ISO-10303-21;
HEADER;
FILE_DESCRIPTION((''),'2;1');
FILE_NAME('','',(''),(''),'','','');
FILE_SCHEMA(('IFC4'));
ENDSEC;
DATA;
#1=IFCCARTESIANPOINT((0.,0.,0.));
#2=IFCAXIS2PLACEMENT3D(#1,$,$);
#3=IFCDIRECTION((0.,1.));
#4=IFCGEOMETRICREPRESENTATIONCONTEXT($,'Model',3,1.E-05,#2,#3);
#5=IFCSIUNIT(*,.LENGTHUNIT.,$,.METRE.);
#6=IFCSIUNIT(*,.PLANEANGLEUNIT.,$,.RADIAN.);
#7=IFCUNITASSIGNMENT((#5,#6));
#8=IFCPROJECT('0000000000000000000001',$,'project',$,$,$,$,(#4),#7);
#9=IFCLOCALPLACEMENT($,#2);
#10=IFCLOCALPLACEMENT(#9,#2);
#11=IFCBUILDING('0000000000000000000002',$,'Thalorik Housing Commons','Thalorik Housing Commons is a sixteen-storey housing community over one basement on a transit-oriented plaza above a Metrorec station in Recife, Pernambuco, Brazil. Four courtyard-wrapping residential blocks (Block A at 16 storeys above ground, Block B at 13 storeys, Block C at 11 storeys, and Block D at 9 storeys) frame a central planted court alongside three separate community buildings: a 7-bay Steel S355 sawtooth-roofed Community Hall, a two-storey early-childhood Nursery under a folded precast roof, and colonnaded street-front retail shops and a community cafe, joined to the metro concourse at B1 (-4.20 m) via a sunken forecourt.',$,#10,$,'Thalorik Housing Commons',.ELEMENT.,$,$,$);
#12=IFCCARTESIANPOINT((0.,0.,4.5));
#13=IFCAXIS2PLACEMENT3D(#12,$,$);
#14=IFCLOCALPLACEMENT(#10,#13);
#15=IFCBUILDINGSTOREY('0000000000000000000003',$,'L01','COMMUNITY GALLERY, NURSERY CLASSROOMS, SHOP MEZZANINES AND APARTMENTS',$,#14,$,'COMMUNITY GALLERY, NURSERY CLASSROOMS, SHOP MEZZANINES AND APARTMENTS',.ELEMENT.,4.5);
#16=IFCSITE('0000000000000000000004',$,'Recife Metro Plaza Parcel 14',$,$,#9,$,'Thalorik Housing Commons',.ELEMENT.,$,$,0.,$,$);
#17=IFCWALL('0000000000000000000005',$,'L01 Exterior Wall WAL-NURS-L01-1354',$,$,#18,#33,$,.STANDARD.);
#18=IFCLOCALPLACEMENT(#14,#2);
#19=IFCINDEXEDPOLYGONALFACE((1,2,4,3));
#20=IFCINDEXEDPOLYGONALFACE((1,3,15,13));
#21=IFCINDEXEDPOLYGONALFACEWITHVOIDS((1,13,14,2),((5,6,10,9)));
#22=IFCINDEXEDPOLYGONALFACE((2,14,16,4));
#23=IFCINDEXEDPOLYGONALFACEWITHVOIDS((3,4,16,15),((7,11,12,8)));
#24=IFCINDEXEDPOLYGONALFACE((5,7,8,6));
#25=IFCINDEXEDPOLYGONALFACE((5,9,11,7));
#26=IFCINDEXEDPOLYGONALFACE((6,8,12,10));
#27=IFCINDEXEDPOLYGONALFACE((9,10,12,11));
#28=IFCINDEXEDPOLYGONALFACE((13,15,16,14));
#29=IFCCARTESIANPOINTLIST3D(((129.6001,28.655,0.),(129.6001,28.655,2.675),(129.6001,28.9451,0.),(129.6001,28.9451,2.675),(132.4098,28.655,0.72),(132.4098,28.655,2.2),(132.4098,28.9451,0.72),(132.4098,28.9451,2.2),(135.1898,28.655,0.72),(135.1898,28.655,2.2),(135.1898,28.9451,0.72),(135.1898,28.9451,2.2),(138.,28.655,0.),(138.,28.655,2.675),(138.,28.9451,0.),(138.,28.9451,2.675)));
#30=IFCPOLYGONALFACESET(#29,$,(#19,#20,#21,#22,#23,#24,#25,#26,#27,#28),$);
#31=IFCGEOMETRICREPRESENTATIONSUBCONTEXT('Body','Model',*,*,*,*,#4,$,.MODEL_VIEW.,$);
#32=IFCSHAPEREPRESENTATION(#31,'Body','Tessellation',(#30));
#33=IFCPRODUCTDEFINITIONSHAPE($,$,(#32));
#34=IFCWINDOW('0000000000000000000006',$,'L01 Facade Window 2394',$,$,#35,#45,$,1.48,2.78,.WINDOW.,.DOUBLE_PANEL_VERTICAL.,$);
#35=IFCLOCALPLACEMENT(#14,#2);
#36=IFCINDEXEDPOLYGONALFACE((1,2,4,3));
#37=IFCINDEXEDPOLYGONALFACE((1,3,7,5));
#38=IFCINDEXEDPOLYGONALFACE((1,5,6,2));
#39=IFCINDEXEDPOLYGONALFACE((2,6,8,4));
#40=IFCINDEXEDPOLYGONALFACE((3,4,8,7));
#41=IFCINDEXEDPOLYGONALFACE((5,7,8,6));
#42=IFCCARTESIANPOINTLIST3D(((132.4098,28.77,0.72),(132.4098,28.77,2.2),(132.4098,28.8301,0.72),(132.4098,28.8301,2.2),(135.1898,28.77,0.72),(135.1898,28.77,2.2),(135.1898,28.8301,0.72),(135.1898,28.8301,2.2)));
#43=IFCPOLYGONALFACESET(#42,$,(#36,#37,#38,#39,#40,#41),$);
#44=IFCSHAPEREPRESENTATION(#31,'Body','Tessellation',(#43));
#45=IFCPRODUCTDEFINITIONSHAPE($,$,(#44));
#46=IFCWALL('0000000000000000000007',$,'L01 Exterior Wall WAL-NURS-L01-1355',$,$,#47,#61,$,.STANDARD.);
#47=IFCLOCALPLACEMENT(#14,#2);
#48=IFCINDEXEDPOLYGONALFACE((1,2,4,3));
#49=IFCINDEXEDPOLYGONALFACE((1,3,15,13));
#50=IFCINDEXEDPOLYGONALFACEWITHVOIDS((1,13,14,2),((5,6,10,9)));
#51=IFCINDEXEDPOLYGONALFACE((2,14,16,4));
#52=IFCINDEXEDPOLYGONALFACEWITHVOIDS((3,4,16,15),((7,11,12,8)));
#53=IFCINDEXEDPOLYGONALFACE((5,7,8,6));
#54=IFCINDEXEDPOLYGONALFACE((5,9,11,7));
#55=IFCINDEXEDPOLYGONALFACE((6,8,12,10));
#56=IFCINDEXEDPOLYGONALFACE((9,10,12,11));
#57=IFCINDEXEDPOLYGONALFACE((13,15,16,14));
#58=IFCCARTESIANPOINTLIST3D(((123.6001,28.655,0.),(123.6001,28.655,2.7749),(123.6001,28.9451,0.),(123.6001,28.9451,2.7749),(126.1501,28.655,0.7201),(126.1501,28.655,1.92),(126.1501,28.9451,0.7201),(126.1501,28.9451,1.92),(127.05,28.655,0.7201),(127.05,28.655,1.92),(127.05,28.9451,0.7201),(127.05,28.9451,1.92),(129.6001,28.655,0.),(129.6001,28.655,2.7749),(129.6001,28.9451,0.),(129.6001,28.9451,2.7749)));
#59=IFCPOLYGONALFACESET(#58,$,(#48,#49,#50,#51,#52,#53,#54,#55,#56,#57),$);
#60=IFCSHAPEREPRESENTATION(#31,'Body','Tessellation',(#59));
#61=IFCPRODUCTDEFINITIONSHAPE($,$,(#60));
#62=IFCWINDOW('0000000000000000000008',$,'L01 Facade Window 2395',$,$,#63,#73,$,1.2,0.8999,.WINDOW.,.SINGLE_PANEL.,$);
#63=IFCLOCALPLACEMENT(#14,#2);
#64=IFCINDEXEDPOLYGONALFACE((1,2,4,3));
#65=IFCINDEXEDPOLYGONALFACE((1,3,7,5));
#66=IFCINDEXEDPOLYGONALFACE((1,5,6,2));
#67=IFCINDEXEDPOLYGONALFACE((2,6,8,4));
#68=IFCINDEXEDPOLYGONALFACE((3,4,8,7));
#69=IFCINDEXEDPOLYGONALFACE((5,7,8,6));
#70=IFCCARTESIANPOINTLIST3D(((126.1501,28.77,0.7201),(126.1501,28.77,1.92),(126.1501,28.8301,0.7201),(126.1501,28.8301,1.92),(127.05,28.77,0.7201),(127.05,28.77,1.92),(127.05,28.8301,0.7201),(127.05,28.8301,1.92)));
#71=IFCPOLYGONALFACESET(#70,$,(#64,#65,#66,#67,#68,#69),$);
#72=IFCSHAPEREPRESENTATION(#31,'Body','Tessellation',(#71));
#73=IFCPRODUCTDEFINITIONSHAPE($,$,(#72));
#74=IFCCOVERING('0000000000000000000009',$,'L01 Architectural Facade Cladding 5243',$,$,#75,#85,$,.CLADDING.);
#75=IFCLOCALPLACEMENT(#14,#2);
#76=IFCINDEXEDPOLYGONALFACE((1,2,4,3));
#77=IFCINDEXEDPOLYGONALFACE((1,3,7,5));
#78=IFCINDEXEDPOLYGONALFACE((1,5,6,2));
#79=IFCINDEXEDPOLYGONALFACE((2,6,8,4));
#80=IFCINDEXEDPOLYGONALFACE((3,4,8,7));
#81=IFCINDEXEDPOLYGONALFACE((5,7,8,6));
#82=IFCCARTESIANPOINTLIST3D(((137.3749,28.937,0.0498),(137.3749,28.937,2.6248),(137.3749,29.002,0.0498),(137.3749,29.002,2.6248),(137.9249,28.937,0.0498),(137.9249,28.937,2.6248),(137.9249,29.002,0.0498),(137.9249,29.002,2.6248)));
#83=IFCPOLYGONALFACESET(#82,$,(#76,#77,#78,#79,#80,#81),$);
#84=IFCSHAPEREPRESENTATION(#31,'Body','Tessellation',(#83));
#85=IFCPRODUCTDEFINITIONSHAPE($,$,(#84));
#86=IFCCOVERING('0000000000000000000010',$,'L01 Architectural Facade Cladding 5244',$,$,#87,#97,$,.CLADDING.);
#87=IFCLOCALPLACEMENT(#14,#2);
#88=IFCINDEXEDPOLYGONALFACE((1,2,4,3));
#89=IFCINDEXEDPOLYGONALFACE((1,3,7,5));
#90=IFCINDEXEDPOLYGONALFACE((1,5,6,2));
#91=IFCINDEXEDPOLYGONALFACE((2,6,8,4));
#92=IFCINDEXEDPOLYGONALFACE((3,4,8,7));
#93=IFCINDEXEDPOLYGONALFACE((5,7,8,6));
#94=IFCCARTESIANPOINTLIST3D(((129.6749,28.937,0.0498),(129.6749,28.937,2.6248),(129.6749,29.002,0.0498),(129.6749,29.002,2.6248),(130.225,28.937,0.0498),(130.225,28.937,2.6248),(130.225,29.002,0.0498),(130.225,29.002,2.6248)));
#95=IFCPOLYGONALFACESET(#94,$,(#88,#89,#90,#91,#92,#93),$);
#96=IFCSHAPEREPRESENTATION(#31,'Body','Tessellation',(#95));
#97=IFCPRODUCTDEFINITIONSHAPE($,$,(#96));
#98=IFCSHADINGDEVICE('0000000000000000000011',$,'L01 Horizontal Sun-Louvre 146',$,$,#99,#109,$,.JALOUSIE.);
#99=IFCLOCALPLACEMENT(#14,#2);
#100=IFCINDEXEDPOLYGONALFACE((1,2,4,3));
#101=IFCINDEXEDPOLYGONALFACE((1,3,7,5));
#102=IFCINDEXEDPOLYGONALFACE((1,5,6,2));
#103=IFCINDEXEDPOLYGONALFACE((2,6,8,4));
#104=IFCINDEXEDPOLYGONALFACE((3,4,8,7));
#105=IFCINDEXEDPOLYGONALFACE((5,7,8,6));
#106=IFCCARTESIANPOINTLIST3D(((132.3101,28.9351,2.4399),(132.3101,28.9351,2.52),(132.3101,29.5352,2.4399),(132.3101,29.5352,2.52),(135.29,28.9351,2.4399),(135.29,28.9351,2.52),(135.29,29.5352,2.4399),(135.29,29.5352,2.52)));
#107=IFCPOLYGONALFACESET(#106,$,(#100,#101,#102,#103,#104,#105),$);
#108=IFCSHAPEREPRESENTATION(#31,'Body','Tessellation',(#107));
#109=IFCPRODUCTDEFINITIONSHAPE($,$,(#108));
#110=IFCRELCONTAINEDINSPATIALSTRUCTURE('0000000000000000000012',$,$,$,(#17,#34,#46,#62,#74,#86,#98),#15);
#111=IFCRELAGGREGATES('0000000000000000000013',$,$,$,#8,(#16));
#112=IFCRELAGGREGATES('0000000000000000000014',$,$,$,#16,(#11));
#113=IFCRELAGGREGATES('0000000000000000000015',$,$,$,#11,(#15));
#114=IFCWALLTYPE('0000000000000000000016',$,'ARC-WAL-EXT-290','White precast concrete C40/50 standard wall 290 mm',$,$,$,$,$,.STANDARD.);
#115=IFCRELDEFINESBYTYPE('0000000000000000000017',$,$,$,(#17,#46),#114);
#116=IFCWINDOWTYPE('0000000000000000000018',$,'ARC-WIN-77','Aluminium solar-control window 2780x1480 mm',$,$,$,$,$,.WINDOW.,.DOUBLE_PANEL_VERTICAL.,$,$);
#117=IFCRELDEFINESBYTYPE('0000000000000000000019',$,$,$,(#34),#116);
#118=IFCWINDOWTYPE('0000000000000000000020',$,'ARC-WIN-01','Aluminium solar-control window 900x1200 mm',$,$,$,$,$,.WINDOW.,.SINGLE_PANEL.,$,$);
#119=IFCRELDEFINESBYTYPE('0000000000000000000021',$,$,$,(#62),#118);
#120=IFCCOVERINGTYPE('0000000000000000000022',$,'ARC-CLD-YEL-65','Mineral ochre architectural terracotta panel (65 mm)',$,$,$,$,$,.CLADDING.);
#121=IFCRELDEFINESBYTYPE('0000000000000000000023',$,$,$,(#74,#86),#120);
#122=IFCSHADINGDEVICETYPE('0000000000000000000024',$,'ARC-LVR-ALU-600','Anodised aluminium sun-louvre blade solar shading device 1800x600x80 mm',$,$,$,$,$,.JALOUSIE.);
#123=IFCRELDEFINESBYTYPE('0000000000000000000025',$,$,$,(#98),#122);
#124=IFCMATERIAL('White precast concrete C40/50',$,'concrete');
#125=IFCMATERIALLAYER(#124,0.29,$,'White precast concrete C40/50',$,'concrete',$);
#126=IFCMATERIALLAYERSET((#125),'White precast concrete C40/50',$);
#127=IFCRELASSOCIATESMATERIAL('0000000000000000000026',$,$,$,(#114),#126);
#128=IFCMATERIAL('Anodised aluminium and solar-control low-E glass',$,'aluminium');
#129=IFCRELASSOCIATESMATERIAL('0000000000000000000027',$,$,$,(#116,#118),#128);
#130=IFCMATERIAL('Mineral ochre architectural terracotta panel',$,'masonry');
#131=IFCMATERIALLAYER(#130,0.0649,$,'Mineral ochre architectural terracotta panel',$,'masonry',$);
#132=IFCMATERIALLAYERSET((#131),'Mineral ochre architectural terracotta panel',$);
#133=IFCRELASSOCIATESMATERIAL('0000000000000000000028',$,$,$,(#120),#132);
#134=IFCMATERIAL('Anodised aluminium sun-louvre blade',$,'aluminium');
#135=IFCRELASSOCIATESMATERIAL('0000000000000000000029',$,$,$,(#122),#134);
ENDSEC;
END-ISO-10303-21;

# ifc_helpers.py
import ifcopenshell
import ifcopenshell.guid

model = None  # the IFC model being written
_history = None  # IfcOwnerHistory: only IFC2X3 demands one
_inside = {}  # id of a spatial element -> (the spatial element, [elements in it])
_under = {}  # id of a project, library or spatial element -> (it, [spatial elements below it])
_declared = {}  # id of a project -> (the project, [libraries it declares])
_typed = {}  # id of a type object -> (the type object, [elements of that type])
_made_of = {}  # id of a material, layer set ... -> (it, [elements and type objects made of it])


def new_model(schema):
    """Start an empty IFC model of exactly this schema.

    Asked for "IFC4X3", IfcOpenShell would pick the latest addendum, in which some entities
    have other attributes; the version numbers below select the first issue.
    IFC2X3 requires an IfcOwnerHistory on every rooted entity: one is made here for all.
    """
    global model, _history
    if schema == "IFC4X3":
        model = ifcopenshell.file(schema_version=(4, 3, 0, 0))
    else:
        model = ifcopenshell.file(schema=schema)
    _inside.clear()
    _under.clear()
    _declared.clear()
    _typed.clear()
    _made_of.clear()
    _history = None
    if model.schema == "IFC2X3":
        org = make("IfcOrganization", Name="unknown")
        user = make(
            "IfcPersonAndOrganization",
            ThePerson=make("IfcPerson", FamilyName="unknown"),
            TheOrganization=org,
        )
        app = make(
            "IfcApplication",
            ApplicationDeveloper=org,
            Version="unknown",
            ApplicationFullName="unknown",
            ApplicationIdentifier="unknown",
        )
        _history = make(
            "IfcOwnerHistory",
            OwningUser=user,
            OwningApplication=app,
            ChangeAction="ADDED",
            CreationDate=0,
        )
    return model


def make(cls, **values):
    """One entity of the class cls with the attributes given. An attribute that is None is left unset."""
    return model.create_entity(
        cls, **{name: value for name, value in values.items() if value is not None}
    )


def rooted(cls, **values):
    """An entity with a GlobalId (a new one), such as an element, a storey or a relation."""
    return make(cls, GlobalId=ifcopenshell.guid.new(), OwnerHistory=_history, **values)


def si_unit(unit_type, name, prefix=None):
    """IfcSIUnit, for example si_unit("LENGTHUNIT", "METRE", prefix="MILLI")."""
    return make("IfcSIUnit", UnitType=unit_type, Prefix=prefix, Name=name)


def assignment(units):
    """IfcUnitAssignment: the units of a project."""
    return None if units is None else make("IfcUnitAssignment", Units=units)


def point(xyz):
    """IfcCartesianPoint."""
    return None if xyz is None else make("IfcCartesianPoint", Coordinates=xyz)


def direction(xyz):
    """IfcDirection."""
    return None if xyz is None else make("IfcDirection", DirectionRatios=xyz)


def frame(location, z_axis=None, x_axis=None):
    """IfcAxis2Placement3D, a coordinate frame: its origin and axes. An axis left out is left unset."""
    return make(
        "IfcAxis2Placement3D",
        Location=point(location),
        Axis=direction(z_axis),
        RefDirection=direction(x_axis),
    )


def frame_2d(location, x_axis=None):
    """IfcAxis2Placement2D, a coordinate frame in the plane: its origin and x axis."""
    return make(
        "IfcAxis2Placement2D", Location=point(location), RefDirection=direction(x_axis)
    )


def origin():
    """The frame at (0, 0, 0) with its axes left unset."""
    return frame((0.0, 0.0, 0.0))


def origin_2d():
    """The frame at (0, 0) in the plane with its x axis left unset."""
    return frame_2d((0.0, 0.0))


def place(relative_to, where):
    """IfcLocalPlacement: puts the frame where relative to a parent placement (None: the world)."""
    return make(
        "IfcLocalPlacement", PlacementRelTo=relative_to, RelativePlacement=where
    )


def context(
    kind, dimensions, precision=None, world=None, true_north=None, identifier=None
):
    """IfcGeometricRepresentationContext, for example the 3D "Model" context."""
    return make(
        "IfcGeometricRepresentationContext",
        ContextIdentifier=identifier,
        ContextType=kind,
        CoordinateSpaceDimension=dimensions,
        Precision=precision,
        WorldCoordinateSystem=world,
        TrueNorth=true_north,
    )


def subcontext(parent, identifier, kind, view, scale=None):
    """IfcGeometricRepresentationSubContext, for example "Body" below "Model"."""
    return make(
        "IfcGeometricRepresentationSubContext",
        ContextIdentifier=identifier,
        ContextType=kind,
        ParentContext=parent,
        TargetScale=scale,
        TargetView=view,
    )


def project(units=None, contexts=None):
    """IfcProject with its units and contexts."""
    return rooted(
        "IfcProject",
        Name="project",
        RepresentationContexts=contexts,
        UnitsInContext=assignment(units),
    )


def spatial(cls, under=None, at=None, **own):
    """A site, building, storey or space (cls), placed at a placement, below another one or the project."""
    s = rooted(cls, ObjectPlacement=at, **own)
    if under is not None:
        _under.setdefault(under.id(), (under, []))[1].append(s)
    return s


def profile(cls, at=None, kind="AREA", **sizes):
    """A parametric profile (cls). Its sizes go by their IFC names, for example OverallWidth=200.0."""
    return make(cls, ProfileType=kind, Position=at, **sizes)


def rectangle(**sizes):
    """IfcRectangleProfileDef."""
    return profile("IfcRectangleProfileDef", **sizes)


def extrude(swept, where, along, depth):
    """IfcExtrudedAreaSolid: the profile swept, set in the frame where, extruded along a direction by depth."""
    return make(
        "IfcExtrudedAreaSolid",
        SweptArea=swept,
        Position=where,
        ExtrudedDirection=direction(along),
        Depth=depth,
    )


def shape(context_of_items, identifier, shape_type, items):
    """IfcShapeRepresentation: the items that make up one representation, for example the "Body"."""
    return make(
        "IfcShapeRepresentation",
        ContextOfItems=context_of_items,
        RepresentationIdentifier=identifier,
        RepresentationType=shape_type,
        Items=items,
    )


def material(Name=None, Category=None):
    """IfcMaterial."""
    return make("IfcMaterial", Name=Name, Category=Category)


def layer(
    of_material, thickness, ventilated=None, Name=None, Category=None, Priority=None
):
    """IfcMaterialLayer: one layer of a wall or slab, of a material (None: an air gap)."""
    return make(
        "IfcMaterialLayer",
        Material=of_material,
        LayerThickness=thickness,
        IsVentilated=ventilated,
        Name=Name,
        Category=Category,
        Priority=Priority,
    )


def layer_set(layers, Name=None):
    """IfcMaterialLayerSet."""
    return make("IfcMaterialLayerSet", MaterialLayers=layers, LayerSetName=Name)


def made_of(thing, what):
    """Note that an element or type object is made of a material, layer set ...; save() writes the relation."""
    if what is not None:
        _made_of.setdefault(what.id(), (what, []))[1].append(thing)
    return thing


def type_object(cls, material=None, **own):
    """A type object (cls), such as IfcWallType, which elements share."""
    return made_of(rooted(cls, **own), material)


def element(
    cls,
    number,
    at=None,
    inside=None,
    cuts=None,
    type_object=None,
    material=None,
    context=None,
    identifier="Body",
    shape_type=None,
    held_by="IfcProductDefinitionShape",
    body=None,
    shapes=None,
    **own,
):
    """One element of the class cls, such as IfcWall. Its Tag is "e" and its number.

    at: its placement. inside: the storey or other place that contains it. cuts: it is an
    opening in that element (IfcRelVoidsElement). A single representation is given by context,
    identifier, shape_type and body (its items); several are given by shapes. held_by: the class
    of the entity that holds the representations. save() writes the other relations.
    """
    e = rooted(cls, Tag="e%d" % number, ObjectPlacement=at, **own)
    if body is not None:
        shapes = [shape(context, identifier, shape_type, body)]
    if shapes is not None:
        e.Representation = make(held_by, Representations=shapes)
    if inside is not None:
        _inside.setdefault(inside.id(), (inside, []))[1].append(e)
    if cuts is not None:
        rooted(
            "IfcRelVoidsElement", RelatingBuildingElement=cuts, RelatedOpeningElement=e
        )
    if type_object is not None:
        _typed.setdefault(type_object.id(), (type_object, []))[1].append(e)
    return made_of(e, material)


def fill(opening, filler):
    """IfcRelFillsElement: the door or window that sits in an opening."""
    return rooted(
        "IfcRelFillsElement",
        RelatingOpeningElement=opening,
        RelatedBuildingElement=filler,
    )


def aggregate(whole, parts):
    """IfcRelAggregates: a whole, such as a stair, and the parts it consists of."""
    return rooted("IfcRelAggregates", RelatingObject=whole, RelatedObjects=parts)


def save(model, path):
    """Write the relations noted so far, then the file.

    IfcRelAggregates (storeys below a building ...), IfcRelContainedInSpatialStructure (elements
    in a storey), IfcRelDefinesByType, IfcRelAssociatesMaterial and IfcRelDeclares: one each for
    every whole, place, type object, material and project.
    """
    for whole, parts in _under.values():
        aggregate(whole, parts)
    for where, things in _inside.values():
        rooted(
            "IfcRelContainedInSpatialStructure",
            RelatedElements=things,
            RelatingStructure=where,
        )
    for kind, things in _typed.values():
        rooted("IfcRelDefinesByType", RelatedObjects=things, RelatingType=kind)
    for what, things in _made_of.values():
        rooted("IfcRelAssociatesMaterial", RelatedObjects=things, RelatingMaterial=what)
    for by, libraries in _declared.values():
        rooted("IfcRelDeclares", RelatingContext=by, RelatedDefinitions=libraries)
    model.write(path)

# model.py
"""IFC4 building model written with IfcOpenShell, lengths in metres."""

from ifc_helpers import new_model, si_unit, direction, frame, frame_2d, origin, origin_2d, place, context, subcontext, project, spatial, rectangle, extrude, material, layer, layer_set, type_object, element, fill, save


model = new_model("IFC4")

# Units and contexts
model_context = context("Model", 3, precision=1e-05, world=origin(), true_north=direction((0.0, 1.0)))
body_context = subcontext(model_context, "Body", "Model", "MODEL_VIEW")
ifc_project = project(units=[si_unit("LENGTHUNIT", "METRE"), si_unit("PLANEANGLEUNIT", "RADIAN")], contexts=[model_context])

# Site, building, storey
site_placement = place(None, origin())
site = spatial("IfcSite", under=ifc_project, at=site_placement, Name="Recife Metro Plaza Parcel 14", LongName="Thalorik Housing Commons", CompositionType="ELEMENT", RefElevation=0.0)
building_placement = place(site_placement, origin())
building = spatial("IfcBuilding", under=site, at=building_placement, Name="Thalorik Housing Commons", Description="Thalorik Housing Commons is a sixteen-storey housing community over one basement on a transit-oriented plaza above a Metrorec station in Recife, Pernambuco, Brazil. Four courtyard-wrapping residential blocks (Block A at 16 storeys above ground, Block B at 13 storeys, Block C at 11 storeys, and Block D at 9 storeys) frame a central planted court alongside three separate community buildings: a 7-bay Steel S355 sawtooth-roofed Community Hall, a two-storey early-childhood Nursery under a folded precast roof, and colonnaded street-front retail shops and a community cafe, joined to the metro concourse at B1 (-4.20 m) via a sunken forecourt.", LongName="Thalorik Housing Commons", CompositionType="ELEMENT")
storey_placement = place(building_placement, frame((0.0, 0.0, 4.5)))
storey = spatial("IfcBuildingStorey", under=building, at=storey_placement, Name="L01", Description="COMMUNITY GALLERY, NURSERY CLASSROOMS, SHOP MEZZANINES AND APARTMENTS", LongName="COMMUNITY GALLERY, NURSERY CLASSROOMS, SHOP MEZZANINES AND APARTMENTS", CompositionType="ELEMENT", Elevation=4.5)

# Shared definitions
ifc_material_1 = material(Name="Anodised aluminium and solar-control low-E glass", Category="aluminium")

# Shared definitions
ifc_material_2 = material(Name="White precast concrete C40/50", Category="concrete")
ifc_layer_1 = layer(ifc_material_2, 0.29, Name="White precast concrete C40/50", Category="concrete")
ifc_layer_set_1 = layer_set([ifc_layer_1], Name="White precast concrete C40/50")
wall_type = type_object("IfcWallType", Name="ARC-WAL-EXT-290", Description="White precast concrete C40/50 standard wall 290 mm", PredefinedType="STANDARD", material=ifc_layer_set_1)

# Walls, openings, windows
wall_1_placement = place(storey_placement, frame((138.0, 28.8, 0.0), z_axis=(0.0, 0.0, 1.0), x_axis=(-1.0, 0.0, 0.0)))
wall_1 = element("IfcWall", 1, at=wall_1_placement, inside=storey, type_object=wall_type, Name="L01 Exterior Wall WAL-NURS-L01-1354", PredefinedType="STANDARD", context=body_context, shape_type="SweptSolid", body=[
    extrude(rectangle(XDim=8.3999, YDim=0.29, at=frame_2d((4.2, 0.0))), origin(), (0.0, 0.0, 1.0), 2.675),
])
opening_1_placement = place(wall_1_placement, frame((2.8101, 0.0, 0.72)))
opening_1 = element("IfcOpeningElement", 2, at=opening_1_placement, cuts=wall_1, PredefinedType="OPENING", context=body_context, shape_type="SweptSolid", body=[
    extrude(rectangle(XDim=2.78, YDim=1.48, at=frame_2d((1.3901, 0.74))), frame((0.0, 0.155, 0.0), z_axis=(0.0, -1.0, 0.0), x_axis=(1.0, 0.0, 0.0)), (0.0, 0.0, 1.0), 0.3101),
])
window_type_1 = type_object("IfcWindowType", Name="ARC-WIN-77", Description="Aluminium solar-control window 2780x1480 mm", PartitioningType="DOUBLE_PANEL_VERTICAL", PredefinedType="WINDOW", material=ifc_material_1)
window_1_placement = place(opening_1_placement, origin())
window_1 = element("IfcWindow", 3, at=window_1_placement, inside=storey, type_object=window_type_1, Name="L01 Facade Window 2394", OverallHeight=1.48, OverallWidth=2.78, PartitioningType="DOUBLE_PANEL_VERTICAL", PredefinedType="WINDOW", context=body_context, shape_type="SweptSolid", body=[
    extrude(rectangle(XDim=2.78, YDim=1.48, at=frame_2d((1.3901, 0.74))), frame((0.0, 0.03, 0.0), z_axis=(0.0, -1.0, 0.0), x_axis=(1.0, 0.0, 0.0)), (0.0, 0.0, 1.0), 0.0601),
])
fill(opening_1, window_1)
wall_2_placement = place(storey_placement, frame((129.6001, 28.8, 0.0), z_axis=(0.0, 0.0, 1.0), x_axis=(-1.0, 0.0, 0.0)))
wall_2 = element("IfcWall", 4, at=wall_2_placement, inside=storey, type_object=wall_type, Name="L01 Exterior Wall WAL-NURS-L01-1355", PredefinedType="STANDARD", context=body_context, shape_type="SweptSolid", body=[
    extrude(rectangle(XDim=6.0, YDim=0.29, at=frame_2d((3.0, 0.0))), origin(), (0.0, 0.0, 1.0), 2.7749),
])
opening_2_placement = place(wall_2_placement, frame((2.55, 0.0, 0.72)))
opening_2 = element("IfcOpeningElement", 5, at=opening_2_placement, cuts=wall_2, PredefinedType="OPENING", context=body_context, shape_type="SweptSolid", body=[
    extrude(rectangle(XDim=0.8999, YDim=1.2, at=frame_2d((0.45, 0.6001))), frame((0.0, 0.155, 0.0), z_axis=(0.0, -1.0, 0.0), x_axis=(1.0, 0.0, 0.0)), (0.0, 0.0, 1.0), 0.3101),
])
window_type_2 = type_object("IfcWindowType", Name="ARC-WIN-01", Description="Aluminium solar-control window 900x1200 mm", PartitioningType="SINGLE_PANEL", PredefinedType="WINDOW", material=ifc_material_1)
window_2_placement = place(opening_2_placement, origin())
window_2 = element("IfcWindow", 6, at=window_2_placement, inside=storey, type_object=window_type_2, Name="L01 Facade Window 2395", OverallHeight=1.2, OverallWidth=0.8999, PartitioningType="SINGLE_PANEL", PredefinedType="WINDOW", context=body_context, shape_type="SweptSolid", body=[
    extrude(rectangle(XDim=0.8999, YDim=1.2, at=frame_2d((0.45, 0.6001))), frame((0.0, 0.03, 0.0), z_axis=(0.0, -1.0, 0.0), x_axis=(1.0, 0.0, 0.0)), (0.0, 0.0, 1.0), 0.0601),
])
fill(opening_2, window_2)

# Coverings
ifc_material_3 = material(Name="Mineral ochre architectural terracotta panel", Category="masonry")
ifc_layer_2 = layer(ifc_material_3, 0.0649, Name="Mineral ochre architectural terracotta panel", Category="masonry")
ifc_layer_set_2 = layer_set([ifc_layer_2], Name="Mineral ochre architectural terracotta panel")
covering_type = type_object("IfcCoveringType", Name="ARC-CLD-YEL-65", Description="Mineral ochre architectural terracotta panel (65 mm)", PredefinedType="CLADDING", material=ifc_layer_set_2)
for number, where, z_axis, x_axis, name in (
    (7, (137.6499, 28.9695, 0.0498), (0.0, 0.0, 1.0), (-1.0, 0.0, 0.0), "L01 Architectural Facade Cladding 5243"),
    (8, (129.95, 28.9695, 0.0498), (0.0, 0.0, 1.0), (-1.0, 0.0, 0.0), "L01 Architectural Facade Cladding 5244"),
):
    element("IfcCovering", number, at=place(storey_placement, frame(where, z_axis=z_axis, x_axis=x_axis)), inside=storey, type_object=covering_type, Name=name, PredefinedType="CLADDING", context=body_context, shape_type="SweptSolid", body=[
        extrude(rectangle(XDim=0.55, YDim=0.0649, at=origin_2d()), origin(), (0.0, 0.0, 1.0), 2.575),
    ])

# Shading device
ifc_material_4 = material(Name="Anodised aluminium sun-louvre blade", Category="aluminium")
shading_device_type = type_object("IfcShadingDeviceType", Name="ARC-LVR-ALU-600", Description="Anodised aluminium sun-louvre blade solar shading device 1800x600x80 mm", PredefinedType="JALOUSIE", material=ifc_material_4)
shading_device_placement = place(storey_placement, frame((133.8, 29.2351, 2.4399), z_axis=(0.0, 0.0, 1.0), x_axis=(-1.0, 0.0, 0.0)))
element("IfcShadingDevice", 9, at=shading_device_placement, inside=storey, type_object=shading_device_type, Name="L01 Horizontal Sun-Louvre 146", PredefinedType="JALOUSIE", context=body_context, shape_type="SweptSolid", body=[
    extrude(rectangle(XDim=2.98, YDim=0.6001, at=origin_2d()), origin(), (0.0, 0.0, 1.0), 0.0801),
])

save(model, "model.ifc")
